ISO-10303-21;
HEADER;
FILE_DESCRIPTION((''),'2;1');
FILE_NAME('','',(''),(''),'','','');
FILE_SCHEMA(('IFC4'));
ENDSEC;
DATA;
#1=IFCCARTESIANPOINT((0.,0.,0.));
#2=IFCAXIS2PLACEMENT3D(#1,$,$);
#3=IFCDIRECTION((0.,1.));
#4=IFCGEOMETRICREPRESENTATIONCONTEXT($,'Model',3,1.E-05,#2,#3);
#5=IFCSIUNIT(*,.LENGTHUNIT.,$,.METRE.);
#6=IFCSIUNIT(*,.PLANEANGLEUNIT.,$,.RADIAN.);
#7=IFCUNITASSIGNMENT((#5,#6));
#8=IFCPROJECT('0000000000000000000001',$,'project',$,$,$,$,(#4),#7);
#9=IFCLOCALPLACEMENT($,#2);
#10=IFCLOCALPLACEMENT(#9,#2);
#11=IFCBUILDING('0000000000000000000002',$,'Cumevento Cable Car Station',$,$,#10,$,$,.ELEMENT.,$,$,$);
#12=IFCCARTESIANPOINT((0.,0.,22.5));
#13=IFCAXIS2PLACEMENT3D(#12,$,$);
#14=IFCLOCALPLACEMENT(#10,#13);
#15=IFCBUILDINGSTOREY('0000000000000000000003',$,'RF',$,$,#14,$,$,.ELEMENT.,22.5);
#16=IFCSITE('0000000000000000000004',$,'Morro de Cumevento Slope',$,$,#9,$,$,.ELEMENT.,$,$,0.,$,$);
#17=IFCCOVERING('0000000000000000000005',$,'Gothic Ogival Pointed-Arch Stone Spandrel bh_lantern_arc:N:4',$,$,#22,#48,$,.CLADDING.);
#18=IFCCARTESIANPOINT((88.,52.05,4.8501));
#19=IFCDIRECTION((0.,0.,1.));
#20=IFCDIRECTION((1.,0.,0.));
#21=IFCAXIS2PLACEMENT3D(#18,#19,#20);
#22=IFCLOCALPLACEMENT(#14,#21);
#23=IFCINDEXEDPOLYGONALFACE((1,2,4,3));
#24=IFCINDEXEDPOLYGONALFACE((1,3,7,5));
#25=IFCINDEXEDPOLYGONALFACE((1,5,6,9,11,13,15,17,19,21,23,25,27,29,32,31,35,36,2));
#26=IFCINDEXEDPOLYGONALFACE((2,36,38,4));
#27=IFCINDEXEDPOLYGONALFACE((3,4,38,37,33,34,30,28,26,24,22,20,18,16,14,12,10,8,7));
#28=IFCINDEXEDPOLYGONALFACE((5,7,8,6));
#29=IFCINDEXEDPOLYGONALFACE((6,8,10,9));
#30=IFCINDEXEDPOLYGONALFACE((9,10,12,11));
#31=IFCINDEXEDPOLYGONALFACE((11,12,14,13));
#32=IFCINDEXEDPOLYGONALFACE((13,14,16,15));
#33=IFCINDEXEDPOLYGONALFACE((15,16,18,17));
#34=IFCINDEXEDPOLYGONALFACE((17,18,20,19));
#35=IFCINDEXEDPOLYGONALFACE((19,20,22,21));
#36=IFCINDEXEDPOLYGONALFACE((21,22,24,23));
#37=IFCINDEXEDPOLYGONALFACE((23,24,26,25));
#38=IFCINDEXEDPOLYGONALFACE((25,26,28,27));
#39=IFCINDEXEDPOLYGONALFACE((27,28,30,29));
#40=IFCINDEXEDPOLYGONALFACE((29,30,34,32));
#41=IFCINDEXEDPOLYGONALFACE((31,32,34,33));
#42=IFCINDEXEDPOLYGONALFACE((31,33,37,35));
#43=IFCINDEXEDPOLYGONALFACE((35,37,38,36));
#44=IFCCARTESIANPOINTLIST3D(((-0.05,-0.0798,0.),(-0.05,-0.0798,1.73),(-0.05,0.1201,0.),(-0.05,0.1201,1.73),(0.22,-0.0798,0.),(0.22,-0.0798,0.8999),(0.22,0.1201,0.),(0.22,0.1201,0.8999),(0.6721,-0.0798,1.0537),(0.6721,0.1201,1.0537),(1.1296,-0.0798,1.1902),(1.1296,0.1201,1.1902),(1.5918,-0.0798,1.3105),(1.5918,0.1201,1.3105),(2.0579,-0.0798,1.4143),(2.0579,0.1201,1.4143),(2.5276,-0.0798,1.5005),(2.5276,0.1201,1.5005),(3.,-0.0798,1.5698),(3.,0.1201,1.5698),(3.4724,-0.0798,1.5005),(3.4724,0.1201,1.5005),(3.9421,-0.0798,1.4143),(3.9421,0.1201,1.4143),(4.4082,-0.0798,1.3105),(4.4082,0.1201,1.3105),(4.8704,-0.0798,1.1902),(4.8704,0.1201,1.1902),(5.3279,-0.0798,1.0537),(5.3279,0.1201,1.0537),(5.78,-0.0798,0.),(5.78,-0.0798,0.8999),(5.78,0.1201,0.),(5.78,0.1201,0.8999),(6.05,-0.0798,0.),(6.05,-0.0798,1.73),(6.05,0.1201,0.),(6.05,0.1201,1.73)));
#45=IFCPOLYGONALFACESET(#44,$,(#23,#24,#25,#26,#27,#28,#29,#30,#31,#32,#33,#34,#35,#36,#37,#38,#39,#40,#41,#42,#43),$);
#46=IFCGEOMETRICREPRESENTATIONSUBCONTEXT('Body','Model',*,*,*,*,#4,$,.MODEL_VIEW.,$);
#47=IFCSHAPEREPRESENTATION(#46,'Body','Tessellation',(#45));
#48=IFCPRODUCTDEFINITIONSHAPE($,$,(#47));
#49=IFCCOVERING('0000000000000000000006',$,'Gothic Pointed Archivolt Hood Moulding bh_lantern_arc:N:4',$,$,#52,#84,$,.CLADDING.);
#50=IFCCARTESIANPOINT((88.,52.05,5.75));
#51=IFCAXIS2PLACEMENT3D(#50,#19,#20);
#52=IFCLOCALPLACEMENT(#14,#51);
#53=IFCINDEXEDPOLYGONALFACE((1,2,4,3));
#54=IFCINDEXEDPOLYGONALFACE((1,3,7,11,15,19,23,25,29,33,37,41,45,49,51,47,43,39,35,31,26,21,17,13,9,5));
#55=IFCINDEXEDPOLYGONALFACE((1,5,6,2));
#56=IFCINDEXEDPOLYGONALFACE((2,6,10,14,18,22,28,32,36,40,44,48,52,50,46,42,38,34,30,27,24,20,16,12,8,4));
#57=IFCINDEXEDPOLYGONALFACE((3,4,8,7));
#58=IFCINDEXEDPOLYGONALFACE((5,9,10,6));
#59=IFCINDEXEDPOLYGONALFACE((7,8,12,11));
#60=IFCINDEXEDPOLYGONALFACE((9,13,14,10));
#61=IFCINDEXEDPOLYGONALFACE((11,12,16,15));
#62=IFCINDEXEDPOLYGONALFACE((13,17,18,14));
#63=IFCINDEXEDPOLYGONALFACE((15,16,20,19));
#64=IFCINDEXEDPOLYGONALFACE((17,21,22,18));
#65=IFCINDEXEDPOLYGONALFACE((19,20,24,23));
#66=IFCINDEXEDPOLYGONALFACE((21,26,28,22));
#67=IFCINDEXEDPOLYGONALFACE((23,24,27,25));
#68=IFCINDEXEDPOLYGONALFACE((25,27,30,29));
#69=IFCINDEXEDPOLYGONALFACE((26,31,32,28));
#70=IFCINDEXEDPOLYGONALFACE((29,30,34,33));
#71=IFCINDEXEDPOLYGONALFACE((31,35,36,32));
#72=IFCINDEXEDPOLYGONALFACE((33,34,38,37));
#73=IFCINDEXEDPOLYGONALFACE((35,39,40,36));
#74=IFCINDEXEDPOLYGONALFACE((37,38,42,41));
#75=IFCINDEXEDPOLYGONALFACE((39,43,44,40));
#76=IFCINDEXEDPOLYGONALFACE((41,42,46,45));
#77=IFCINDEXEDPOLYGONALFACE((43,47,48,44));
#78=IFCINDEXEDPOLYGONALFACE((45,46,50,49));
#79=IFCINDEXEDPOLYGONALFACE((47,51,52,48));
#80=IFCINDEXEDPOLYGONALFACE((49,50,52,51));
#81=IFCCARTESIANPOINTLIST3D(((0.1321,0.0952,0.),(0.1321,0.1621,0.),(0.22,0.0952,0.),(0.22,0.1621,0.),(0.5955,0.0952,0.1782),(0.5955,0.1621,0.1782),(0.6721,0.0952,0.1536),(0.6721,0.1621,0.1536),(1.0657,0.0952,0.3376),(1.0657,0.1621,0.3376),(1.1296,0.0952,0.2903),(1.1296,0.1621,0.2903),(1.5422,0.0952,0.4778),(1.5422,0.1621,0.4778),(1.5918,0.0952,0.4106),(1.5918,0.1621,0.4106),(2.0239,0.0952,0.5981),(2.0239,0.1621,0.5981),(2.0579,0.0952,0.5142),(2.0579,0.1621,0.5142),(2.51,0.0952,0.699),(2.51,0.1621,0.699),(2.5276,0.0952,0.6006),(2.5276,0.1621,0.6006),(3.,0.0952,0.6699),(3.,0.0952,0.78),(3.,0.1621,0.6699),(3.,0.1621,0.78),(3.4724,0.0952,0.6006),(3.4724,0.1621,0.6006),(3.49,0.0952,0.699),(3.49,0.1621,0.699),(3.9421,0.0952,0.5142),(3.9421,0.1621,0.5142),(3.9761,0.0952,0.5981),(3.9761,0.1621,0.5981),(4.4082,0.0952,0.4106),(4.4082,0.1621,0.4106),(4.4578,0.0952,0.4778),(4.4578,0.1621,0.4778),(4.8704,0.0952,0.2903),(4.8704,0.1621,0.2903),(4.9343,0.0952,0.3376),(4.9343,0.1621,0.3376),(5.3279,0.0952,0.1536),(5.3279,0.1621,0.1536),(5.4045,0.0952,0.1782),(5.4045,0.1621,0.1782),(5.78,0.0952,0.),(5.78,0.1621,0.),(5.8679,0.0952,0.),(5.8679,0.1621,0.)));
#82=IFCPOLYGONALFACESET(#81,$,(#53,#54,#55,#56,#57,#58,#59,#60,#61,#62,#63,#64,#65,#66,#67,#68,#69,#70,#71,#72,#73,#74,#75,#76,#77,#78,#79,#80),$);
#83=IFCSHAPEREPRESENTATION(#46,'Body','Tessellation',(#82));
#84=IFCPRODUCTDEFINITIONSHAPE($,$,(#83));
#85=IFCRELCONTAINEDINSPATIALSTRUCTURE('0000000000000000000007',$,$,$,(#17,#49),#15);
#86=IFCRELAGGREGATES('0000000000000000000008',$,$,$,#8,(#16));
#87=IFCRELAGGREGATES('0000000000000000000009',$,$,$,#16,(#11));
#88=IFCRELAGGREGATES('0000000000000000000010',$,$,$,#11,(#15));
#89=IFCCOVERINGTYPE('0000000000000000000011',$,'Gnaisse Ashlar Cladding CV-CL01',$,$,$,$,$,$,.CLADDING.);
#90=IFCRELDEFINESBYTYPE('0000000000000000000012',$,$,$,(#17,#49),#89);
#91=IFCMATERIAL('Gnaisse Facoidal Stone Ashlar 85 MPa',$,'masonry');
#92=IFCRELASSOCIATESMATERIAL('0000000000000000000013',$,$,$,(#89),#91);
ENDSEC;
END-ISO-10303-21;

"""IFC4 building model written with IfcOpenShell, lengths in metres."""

from ifc_helpers import new_model, si_unit, direction, frame, origin, place, context, subcontext, project, spatial, polyline, outline, extrude, material, type_object, element, save


model = new_model("IFC4")

# Units and contexts
model_context = context("Model", 3, precision=1e-05, world=origin(), true_north=direction((0.0, 1.0)))
body_context = subcontext(model_context, "Body", "Model", "MODEL_VIEW")
ifc_project = project(units=[si_unit("LENGTHUNIT", "METRE"), si_unit("PLANEANGLEUNIT", "RADIAN")], contexts=[model_context])

# Site, building, storey
site_placement = place(None, origin())
site = spatial("IfcSite", under=ifc_project, at=site_placement, Name="Morro de Cumevento Slope", CompositionType="ELEMENT", RefElevation=0.0)
building_placement = place(site_placement, origin())
building = spatial("IfcBuilding", under=site, at=building_placement, Name="Cumevento Cable Car Station", CompositionType="ELEMENT")
storey_placement = place(building_placement, frame((0.0, 0.0, 22.5)))
storey = spatial("IfcBuildingStorey", under=building, at=storey_placement, Name="RF", CompositionType="ELEMENT", Elevation=22.5)

# Coverings
ifc_material_1 = material(Name="Gnaisse Facoidal Stone Ashlar 85 MPa", Category="masonry")
covering_type_1 = type_object("IfcCoveringType", Name="Gnaisse Ashlar Cladding CV-CL01", PredefinedType="CLADDING", material=ifc_material_1)
covering_1_placement = place(storey_placement, frame((88.0, 52.05, 4.8501), z_axis=(0.0, 0.0, 1.0), x_axis=(1.0, 0.0, 0.0)))
element("IfcCovering", 1, at=covering_1_placement, inside=storey, type_object=covering_type_1, Name="Gothic Ogival Pointed-Arch Stone Spandrel bh_lantern_arc:N:4", PredefinedType="CLADDING", context=body_context, shape_type="SweptSolid", body=[
    extrude(outline(polyline([(-0.05, 0.0), (-0.05, 1.73), (6.05, 1.73), (6.05, 0.0), (5.78, 0.0), (5.78, 0.8999), (5.3279, 1.0537), (4.8704, 1.1902), (4.4082, 1.3105), (3.9421, 1.4143), (3.4724, 1.5005), (3.0, 1.5698), (2.5276, 1.5005), (2.0579, 1.4143), (1.5918, 1.3105), (1.1296, 1.1902), (0.6721, 1.0537), (0.22, 0.8999), (0.22, 0.0), (-0.05, 0.0)])), frame((0.0, 0.1201, 0.0), z_axis=(0.0, -1.0, 0.0), x_axis=(1.0, 0.0, 0.0)), (0.0, 0.0, 1.0), 0.2),
])
covering_2_placement = place(storey_placement, frame((88.0, 52.05, 5.75), z_axis=(0.0, 0.0, 1.0), x_axis=(1.0, 0.0, 0.0)))
element("IfcCovering", 2, at=covering_2_placement, inside=storey, type_object=covering_type_1, Name="Gothic Pointed Archivolt Hood Moulding bh_lantern_arc:N:4", PredefinedType="CLADDING", context=body_context, shape_type="SweptSolid", body=[
    extrude(outline(polyline([(0.22, 0.0), (0.6721, 0.1536), (1.1296, 0.2903), (1.5918, 0.4106), (2.0579, 0.5142), (2.5276, 0.6006), (3.0, 0.6699), (3.4724, 0.6006), (3.9421, 0.5142), (4.4082, 0.4106), (4.8704, 0.2903), (5.3279, 0.1536), (5.78, 0.0), (5.8679, 0.0), (5.4045, 0.1782), (4.9343, 0.3376), (4.4578, 0.4778), (3.9761, 0.5981), (3.49, 0.699), (3.0, 0.78), (2.51, 0.699), (2.0239, 0.5981), (1.5422, 0.4778), (1.0657, 0.3376), (0.5955, 0.1782), (0.1321, 0.0), (0.22, 0.0)])), frame((0.0, 0.1621, 0.0), z_axis=(0.0, -1.0, 0.0), x_axis=(1.0, 0.0, 0.0)), (0.0, 0.0, 1.0), 0.0669),
])

save(model, "model.ifc")
